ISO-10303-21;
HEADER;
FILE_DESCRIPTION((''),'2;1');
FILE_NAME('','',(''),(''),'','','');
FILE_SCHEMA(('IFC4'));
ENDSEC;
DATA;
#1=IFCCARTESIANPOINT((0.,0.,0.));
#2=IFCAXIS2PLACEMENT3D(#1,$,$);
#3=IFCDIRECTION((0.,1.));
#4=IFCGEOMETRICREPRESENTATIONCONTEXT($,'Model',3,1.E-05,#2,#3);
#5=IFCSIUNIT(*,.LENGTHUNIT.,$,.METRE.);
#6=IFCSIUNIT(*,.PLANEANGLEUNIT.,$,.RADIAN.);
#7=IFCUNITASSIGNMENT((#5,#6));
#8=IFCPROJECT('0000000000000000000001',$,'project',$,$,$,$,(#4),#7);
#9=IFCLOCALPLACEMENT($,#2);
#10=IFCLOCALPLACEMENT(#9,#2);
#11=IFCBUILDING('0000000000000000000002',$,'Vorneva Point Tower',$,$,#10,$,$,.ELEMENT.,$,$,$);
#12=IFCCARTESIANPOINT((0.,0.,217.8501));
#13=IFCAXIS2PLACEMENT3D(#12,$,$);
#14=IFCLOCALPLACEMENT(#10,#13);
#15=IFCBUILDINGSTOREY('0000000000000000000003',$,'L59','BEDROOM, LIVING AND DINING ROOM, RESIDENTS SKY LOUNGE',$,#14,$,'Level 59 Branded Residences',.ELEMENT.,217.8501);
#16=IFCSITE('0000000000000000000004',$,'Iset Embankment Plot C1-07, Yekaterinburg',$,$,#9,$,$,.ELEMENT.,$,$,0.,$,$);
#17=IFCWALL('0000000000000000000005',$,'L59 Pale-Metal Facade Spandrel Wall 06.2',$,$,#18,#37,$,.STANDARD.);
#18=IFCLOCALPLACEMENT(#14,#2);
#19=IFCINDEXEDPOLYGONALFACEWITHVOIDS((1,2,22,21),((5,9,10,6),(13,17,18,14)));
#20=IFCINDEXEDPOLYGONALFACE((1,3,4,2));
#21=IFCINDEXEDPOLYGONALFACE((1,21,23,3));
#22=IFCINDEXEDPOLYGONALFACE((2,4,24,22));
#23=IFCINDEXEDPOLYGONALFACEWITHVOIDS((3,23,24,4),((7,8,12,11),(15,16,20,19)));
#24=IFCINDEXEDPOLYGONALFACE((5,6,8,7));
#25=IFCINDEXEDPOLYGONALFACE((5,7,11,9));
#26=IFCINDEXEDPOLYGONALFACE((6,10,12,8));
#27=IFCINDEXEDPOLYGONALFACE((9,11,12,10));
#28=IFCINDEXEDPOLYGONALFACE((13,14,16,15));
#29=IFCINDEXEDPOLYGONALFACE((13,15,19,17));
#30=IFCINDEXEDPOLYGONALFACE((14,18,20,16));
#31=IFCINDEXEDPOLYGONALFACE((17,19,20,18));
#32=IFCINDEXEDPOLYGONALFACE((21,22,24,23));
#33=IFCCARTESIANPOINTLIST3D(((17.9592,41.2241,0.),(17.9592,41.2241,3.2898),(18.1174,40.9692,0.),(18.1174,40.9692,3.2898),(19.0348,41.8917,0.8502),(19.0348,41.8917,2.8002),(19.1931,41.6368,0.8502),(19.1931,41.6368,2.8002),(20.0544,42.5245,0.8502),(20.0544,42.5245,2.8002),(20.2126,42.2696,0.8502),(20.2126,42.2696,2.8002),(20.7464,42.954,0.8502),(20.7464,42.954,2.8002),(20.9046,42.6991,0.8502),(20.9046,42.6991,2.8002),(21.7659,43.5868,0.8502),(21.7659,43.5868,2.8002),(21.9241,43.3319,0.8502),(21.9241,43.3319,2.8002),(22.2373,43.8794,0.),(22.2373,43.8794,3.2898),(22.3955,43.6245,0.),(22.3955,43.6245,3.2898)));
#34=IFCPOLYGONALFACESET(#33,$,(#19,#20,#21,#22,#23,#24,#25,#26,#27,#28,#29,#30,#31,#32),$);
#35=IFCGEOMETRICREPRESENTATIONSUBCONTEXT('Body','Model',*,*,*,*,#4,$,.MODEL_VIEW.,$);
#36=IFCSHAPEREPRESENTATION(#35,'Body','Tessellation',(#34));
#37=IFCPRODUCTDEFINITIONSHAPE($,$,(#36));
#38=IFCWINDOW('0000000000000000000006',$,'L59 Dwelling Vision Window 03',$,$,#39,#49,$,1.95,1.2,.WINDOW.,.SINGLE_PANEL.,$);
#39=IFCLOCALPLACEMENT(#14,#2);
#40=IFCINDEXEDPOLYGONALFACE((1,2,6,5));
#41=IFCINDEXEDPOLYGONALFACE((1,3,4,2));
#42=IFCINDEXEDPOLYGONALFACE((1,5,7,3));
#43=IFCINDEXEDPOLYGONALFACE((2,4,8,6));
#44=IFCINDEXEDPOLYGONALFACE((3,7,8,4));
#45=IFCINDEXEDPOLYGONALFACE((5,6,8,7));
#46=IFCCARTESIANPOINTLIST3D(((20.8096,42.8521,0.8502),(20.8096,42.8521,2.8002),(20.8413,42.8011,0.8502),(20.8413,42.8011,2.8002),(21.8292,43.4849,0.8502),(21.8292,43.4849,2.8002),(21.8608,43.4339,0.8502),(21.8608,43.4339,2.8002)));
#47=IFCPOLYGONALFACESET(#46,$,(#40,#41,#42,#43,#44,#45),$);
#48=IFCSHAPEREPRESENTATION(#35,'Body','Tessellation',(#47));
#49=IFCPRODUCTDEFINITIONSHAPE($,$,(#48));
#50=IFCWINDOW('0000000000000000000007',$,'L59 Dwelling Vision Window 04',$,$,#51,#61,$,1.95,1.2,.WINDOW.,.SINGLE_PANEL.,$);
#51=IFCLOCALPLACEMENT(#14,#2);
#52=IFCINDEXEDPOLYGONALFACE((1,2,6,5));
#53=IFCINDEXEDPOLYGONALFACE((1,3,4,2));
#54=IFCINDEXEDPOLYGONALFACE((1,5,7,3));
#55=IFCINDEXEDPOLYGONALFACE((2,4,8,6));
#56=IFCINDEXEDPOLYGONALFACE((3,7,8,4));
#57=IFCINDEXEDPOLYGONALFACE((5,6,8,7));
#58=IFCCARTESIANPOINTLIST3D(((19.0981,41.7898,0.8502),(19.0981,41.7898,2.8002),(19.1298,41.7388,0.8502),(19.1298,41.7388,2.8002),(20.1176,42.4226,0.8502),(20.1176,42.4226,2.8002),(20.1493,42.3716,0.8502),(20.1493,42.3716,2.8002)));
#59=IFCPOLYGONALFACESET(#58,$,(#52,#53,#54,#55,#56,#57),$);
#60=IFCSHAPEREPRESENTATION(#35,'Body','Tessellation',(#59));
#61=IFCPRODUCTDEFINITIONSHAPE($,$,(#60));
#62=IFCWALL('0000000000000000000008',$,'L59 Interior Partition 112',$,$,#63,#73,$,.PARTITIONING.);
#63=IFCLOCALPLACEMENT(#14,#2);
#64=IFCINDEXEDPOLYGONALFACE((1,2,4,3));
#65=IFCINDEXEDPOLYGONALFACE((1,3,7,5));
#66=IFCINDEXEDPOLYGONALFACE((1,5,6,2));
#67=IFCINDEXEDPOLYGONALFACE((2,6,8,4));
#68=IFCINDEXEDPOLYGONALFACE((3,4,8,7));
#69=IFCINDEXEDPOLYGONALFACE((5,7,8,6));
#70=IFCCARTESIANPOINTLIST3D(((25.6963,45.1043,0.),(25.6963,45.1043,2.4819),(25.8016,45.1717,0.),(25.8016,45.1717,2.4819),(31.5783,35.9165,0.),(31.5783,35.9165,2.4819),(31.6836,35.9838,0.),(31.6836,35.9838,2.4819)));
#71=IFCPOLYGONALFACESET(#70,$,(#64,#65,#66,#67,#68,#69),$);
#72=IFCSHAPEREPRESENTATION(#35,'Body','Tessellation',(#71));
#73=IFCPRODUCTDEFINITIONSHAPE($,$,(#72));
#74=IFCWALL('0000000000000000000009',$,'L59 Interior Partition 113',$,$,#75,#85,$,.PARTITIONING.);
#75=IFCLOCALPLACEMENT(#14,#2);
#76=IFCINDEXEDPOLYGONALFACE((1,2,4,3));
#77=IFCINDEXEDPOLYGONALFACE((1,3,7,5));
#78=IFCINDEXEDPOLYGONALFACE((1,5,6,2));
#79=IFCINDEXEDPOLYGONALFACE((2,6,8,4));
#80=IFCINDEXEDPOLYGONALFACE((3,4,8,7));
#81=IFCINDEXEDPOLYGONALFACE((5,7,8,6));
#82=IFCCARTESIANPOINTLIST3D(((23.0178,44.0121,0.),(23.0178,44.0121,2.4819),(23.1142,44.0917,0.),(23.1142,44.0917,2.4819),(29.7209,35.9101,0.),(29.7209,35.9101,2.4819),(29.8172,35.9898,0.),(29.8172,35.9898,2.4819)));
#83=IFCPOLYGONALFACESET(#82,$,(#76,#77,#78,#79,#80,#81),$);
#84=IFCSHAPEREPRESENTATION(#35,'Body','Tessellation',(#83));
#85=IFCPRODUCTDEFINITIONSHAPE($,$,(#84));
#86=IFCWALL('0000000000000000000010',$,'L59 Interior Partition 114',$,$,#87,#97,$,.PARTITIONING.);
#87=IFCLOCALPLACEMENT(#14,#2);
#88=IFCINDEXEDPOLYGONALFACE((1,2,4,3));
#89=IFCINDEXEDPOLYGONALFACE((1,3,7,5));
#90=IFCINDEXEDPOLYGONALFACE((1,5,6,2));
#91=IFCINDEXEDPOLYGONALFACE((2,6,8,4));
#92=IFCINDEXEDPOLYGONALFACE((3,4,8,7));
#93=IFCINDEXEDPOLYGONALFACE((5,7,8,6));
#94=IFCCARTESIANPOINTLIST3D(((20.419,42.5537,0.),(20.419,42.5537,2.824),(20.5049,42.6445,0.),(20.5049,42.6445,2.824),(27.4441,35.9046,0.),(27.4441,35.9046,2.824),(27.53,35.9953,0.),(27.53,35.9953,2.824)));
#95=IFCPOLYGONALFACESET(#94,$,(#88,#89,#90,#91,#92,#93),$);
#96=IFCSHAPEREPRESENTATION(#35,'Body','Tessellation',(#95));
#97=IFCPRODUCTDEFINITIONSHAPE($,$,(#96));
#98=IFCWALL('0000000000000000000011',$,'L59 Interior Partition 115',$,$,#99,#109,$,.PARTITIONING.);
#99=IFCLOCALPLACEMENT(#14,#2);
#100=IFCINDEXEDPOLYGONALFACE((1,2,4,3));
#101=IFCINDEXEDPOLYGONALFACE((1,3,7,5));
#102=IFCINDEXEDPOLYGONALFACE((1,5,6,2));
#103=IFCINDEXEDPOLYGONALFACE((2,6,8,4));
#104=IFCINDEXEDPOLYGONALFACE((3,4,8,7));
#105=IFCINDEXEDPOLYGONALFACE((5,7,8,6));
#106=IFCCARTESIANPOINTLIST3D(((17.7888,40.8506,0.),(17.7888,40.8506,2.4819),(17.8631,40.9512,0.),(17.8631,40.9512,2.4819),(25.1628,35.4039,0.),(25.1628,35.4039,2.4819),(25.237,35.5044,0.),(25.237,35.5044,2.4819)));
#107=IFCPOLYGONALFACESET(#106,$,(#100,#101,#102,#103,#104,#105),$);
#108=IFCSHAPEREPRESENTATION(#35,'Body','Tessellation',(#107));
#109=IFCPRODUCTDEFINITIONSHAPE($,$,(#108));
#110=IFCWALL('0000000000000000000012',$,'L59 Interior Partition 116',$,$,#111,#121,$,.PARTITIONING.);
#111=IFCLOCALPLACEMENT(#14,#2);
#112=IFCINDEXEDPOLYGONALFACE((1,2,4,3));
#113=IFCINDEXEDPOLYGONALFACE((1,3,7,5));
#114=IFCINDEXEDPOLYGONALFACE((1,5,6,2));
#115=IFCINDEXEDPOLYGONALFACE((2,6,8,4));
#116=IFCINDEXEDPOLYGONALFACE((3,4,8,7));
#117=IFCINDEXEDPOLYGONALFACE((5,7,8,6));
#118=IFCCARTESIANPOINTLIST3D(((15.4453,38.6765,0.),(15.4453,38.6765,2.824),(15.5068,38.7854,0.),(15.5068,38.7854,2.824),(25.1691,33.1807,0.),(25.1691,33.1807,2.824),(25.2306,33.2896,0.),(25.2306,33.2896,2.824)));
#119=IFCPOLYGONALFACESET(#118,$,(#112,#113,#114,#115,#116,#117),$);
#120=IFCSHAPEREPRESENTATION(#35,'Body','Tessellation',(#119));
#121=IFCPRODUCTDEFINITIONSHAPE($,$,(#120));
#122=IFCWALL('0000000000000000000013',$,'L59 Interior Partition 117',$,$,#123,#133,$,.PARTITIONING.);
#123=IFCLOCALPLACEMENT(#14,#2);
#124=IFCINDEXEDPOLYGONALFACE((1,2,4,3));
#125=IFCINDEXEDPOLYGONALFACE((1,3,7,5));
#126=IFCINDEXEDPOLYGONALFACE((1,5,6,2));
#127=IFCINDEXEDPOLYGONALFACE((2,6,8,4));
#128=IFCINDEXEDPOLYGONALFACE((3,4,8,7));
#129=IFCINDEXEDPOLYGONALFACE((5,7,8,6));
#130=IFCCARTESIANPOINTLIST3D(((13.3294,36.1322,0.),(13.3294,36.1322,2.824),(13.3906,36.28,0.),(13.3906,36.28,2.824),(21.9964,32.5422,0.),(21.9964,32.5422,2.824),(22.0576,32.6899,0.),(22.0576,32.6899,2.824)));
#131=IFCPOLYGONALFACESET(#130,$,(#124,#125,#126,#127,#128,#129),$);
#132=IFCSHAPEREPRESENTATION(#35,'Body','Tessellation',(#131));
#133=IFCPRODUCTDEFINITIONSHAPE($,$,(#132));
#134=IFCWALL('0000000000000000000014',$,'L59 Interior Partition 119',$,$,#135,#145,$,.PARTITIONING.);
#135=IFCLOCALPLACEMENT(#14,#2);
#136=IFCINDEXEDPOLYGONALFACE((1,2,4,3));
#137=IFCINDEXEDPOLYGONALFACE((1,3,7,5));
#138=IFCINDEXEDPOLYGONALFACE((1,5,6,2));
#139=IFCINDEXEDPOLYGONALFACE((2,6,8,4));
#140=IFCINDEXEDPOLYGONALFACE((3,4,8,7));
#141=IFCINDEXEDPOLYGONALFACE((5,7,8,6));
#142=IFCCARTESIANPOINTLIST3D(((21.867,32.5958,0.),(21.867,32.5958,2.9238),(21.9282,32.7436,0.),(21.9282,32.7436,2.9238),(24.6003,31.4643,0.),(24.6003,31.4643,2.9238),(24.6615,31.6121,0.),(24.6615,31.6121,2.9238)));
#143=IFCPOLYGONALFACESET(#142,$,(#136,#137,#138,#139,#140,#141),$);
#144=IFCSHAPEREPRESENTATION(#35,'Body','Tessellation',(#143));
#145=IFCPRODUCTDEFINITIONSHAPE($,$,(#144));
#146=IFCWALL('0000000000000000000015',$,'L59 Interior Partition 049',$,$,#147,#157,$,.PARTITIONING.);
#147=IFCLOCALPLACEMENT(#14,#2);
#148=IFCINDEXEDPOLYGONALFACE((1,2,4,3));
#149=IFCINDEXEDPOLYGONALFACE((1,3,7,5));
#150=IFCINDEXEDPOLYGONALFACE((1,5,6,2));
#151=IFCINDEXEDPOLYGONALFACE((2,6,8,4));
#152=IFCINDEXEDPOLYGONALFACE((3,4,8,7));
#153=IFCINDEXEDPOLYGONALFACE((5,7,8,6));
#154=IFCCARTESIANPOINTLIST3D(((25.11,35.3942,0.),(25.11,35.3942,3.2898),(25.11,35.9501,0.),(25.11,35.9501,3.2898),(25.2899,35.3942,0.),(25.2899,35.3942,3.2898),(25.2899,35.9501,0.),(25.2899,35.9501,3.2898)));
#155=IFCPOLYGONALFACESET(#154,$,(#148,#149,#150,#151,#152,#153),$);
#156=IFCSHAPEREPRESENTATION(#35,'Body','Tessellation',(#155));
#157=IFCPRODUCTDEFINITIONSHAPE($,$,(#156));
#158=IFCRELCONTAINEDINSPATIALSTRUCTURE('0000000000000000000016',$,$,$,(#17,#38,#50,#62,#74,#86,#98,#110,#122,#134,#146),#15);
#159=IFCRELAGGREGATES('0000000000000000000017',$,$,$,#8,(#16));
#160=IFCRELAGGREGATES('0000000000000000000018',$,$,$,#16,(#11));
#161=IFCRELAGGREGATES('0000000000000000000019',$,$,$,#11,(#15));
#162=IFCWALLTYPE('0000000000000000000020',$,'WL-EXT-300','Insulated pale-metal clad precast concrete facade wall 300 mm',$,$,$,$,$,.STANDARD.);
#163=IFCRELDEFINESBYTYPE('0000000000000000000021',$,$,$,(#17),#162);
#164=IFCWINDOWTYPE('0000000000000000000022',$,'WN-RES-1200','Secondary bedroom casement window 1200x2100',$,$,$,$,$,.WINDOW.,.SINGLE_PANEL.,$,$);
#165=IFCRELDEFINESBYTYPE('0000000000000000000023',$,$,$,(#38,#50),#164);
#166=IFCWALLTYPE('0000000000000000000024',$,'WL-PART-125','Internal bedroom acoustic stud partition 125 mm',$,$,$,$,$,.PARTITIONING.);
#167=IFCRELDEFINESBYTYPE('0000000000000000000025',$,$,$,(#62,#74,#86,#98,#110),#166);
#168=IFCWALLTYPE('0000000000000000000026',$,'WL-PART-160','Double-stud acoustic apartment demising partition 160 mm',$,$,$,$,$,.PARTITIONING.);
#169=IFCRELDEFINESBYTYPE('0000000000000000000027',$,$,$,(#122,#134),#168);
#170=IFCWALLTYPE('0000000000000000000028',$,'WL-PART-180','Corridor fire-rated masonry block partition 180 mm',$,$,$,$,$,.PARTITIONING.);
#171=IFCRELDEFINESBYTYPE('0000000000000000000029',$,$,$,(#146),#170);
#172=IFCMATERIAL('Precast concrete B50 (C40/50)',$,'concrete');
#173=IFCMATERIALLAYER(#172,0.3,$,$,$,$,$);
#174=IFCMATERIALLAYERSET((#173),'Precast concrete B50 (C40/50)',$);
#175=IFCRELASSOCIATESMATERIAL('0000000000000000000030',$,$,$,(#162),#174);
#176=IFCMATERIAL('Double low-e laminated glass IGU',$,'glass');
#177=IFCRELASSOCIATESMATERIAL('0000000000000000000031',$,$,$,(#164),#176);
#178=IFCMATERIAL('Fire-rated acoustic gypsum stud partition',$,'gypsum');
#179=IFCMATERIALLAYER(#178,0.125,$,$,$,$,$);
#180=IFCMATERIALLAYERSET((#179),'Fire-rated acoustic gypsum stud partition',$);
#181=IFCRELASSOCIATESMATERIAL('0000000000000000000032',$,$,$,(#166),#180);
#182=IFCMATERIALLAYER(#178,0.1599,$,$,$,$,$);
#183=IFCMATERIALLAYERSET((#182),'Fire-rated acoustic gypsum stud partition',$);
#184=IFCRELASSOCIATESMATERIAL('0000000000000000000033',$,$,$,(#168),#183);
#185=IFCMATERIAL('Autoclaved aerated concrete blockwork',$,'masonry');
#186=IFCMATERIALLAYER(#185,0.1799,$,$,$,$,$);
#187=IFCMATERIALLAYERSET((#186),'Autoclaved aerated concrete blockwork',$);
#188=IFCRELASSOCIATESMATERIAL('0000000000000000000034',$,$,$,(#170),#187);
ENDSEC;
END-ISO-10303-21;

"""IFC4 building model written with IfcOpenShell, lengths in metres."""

from ifc_helpers import new_model, si_unit, direction, frame, frame_2d, origin, place, context, subcontext, project, spatial, rectangle, extrude, material, layer, layer_set, type_object, element, fill, save


model = new_model("IFC4")

# Units and contexts
model_context = context("Model", 3, precision=1e-05, world=origin(), true_north=direction((0.0, 1.0)))
body_context = subcontext(model_context, "Body", "Model", "MODEL_VIEW")
ifc_project = project(units=[si_unit("LENGTHUNIT", "METRE"), si_unit("PLANEANGLEUNIT", "RADIAN")], contexts=[model_context])

# Site, building, storey
site_placement = place(None, origin())
site = spatial("IfcSite", under=ifc_project, at=site_placement, Name="Iset Embankment Plot C1-07, Yekaterinburg", CompositionType="ELEMENT", RefElevation=0.0)
building_placement = place(site_placement, origin())
building = spatial("IfcBuilding", under=site, at=building_placement, Name="Vorneva Point Tower", CompositionType="ELEMENT")
storey_placement = place(building_placement, frame((0.0, 0.0, 217.8501)))
storey = spatial("IfcBuildingStorey", under=building, at=storey_placement, Name="L59", Description="BEDROOM, LIVING AND DINING ROOM, RESIDENTS SKY LOUNGE", LongName="Level 59 Branded Residences", CompositionType="ELEMENT", Elevation=217.8501)

# Shared definitions
ifc_material_1 = material(Name="Double low-e laminated glass IGU", Category="glass")

# Wall, openings, windows
ifc_material_2 = material(Name="Precast concrete B50 (C40/50)", Category="concrete")
ifc_layer_1 = layer(ifc_material_2, 0.3)
ifc_layer_set_1 = layer_set([ifc_layer_1], Name="Precast concrete B50 (C40/50)")
wall_type_1 = type_object("IfcWallType", Name="WL-EXT-300", Description="Insulated pale-metal clad precast concrete facade wall 300 mm", PredefinedType="STANDARD", material=ifc_layer_set_1)
window_type_1 = type_object("IfcWindowType", Name="WN-RES-1200", Description="Secondary bedroom casement window 1200x2100", PartitioningType="SINGLE_PANEL", PredefinedType="WINDOW", material=ifc_material_1)
wall_1_placement = place(storey_placement, frame((22.3164, 43.752, 0.0), z_axis=(0.0, 0.0, 1.0), x_axis=(-0.849648, -0.527351, 0.0)))
wall_1 = element("IfcWall", 1, at=wall_1_placement, inside=storey, type_object=wall_type_1, Name="L59 Pale-Metal Facade Spandrel Wall 06.2", PredefinedType="STANDARD", context=body_context, shape_type="SweptSolid", body=[
    extrude(rectangle(XDim=5.0352, YDim=0.3, at=frame_2d((2.5176, 0.0))), origin(), (0.0, 0.0, 1.0), 3.2898),
])
opening_1_placement = place(wall_1_placement, frame((0.5547, 0.0, 0.8501)))
opening_1 = element("IfcOpeningElement", 2, at=opening_1_placement, cuts=wall_1, PredefinedType="OPENING", context=body_context, shape_type="SweptSolid", body=[
    extrude(rectangle(XDim=1.2, YDim=1.95, at=frame_2d((0.6001, 0.9751))), frame((0.0, 0.165, 0.0), z_axis=(0.0, -1.0, 0.0), x_axis=(1.0, 0.0, 0.0)), (0.0, 0.0, 1.0), 0.3298),
])
opening_2_placement = place(wall_1_placement, frame((2.5691, 0.0, 0.8501)))
opening_2 = element("IfcOpeningElement", 3, at=opening_2_placement, cuts=wall_1, PredefinedType="OPENING", context=body_context, shape_type="SweptSolid", body=[
    extrude(rectangle(XDim=1.2, YDim=1.95, at=frame_2d((0.6001, 0.9751))), frame((0.0, 0.165, 0.0), z_axis=(0.0, -1.0, 0.0), x_axis=(1.0, 0.0, 0.0)), (0.0, 0.0, 1.0), 0.3298),
])
window_1_placement = place(opening_1_placement, origin())
window_1 = element("IfcWindow", 4, at=window_1_placement, inside=storey, type_object=window_type_1, Name="L59 Dwelling Vision Window 03", OverallHeight=1.95, OverallWidth=1.2, PartitioningType="SINGLE_PANEL", PredefinedType="WINDOW", context=body_context, shape_type="SweptSolid", body=[
    extrude(rectangle(XDim=1.2, YDim=1.95, at=frame_2d((0.6001, 0.9751))), frame((0.0, 0.03, 0.0), z_axis=(0.0, -1.0, 0.0), x_axis=(1.0, 0.0, 0.0)), (0.0, 0.0, 1.0), 0.0601),
])
fill(opening_1, window_1)
window_2_placement = place(opening_2_placement, origin())
window_2 = element("IfcWindow", 5, at=window_2_placement, inside=storey, type_object=window_type_1, Name="L59 Dwelling Vision Window 04", OverallHeight=1.95, OverallWidth=1.2, PartitioningType="SINGLE_PANEL", PredefinedType="WINDOW", context=body_context, shape_type="SweptSolid", body=[
    extrude(rectangle(XDim=1.2, YDim=1.95, at=frame_2d((0.6001, 0.9751))), frame((0.0, 0.03, 0.0), z_axis=(0.0, -1.0, 0.0), x_axis=(1.0, 0.0, 0.0)), (0.0, 0.0, 1.0), 0.0601),
])
fill(opening_2, window_2)

# Walls
ifc_material_3 = material(Name="Fire-rated acoustic gypsum stud partition", Category="gypsum")
ifc_layer_2 = layer(ifc_material_3, 0.125)
ifc_layer_set_2 = layer_set([ifc_layer_2], Name="Fire-rated acoustic gypsum stud partition")
wall_type_2 = type_object("IfcWallType", Name="WL-PART-125", Description="Internal bedroom acoustic stud partition 125 mm", PredefinedType="PARTITIONING", material=ifc_layer_set_2)
wall_2_placement = place(storey_placement, frame((25.749, 45.1379, 0.0), z_axis=(0.0, 0.0, 1.0), x_axis=(0.539169, -0.842198, 0.0)))
element("IfcWall", 6, at=wall_2_placement, inside=storey, type_object=wall_type_2, Name="L59 Interior Partition 112", PredefinedType="PARTITIONING", context=body_context, shape_type="SweptSolid", body=[
    extrude(rectangle(XDim=10.9094, YDim=0.125, at=frame_2d((5.4546, 0.0))), origin(), (0.0, 0.0, 1.0), 2.4819),
])
wall_3_placement = place(storey_placement, frame((23.0659, 44.052, 0.0), z_axis=(0.0, 0.0, 1.0), x_axis=(0.637454, -0.770489, 0.0)))
element("IfcWall", 7, at=wall_3_placement, inside=storey, type_object=wall_type_2, Name="L59 Interior Partition 113", PredefinedType="PARTITIONING", context=body_context, shape_type="SweptSolid", body=[
    extrude(rectangle(XDim=10.5154, YDim=0.125, at=frame_2d((5.2578, 0.0))), origin(), (0.0, 0.0, 1.0), 2.4819),
])
wall_4_placement = place(storey_placement, frame((20.4619, 42.5991, 0.0), z_axis=(0.0, 0.0, 1.0), x_axis=(0.726274, -0.687405, 0.0)))
element("IfcWall", 8, at=wall_4_placement, inside=storey, type_object=wall_type_2, Name="L59 Interior Partition 114", PredefinedType="PARTITIONING", context=body_context, shape_type="SweptSolid", body=[
    extrude(rectangle(XDim=9.6729, YDim=0.125, at=frame_2d((4.8364, 0.0))), origin(), (0.0, 0.0, 1.0), 2.824),
])
wall_5_placement = place(storey_placement, frame((17.8259, 40.9009, 0.0), z_axis=(0.0, 0.0, 1.0), x_axis=(0.804363, -0.594138, 0.0)))
element("IfcWall", 9, at=wall_5_placement, inside=storey, type_object=wall_type_2, Name="L59 Interior Partition 115", PredefinedType="PARTITIONING", context=body_context, shape_type="SweptSolid", body=[
    extrude(rectangle(XDim=9.1675, YDim=0.125, at=frame_2d((4.5837, 0.0))), origin(), (0.0, 0.0, 1.0), 2.4819),
])
wall_6_placement = place(storey_placement, frame((15.4761, 38.731, 0.0), z_axis=(0.0, 0.0, 1.0), x_axis=(0.870573, -0.49204, 0.0)))
element("IfcWall", 10, at=wall_6_placement, inside=storey, type_object=wall_type_2, Name="L59 Interior Partition 116", PredefinedType="PARTITIONING", context=body_context, shape_type="SweptSolid", body=[
    extrude(rectangle(XDim=11.1694, YDim=0.125, at=frame_2d((5.5847, 0.0))), origin(), (0.0, 0.0, 1.0), 2.824),
])
ifc_layer_3 = layer(ifc_material_3, 0.1599)
ifc_layer_set_3 = layer_set([ifc_layer_3], Name="Fire-rated acoustic gypsum stud partition")
wall_type_3 = type_object("IfcWallType", Name="WL-PART-160", Description="Double-stud acoustic apartment demising partition 160 mm", PredefinedType="PARTITIONING", material=ifc_layer_set_3)
wall_7_placement = place(storey_placement, frame((13.3601, 36.2061, 0.0), z_axis=(0.0, 0.0, 1.0), x_axis=(0.923876, -0.382693, 0.0)))
element("IfcWall", 11, at=wall_7_placement, inside=storey, type_object=wall_type_3, Name="L59 Interior Partition 117", PredefinedType="PARTITIONING", context=body_context, shape_type="SweptSolid", body=[
    extrude(rectangle(XDim=9.3811, YDim=0.1599, at=frame_2d((4.6904, 0.0))), origin(), (0.0, 0.0, 1.0), 2.824),
])
wall_8_placement = place(storey_placement, frame((21.8977, 32.6697, 0.0), z_axis=(0.0, 0.0, 1.0), x_axis=(0.923953, -0.382505, 0.0)))
element("IfcWall", 12, at=wall_8_placement, inside=storey, type_object=wall_type_3, Name="L59 Interior Partition 119", PredefinedType="PARTITIONING", context=body_context, shape_type="SweptSolid", body=[
    extrude(rectangle(XDim=2.9583, YDim=0.1599, at=frame_2d((1.479, 0.0))), origin(), (0.0, 0.0, 1.0), 2.9238),
])
ifc_material_4 = material(Name="Autoclaved aerated concrete blockwork", Category="masonry")
ifc_layer_4 = layer(ifc_material_4, 0.1799)
ifc_layer_set_4 = layer_set([ifc_layer_4], Name="Autoclaved aerated concrete blockwork")
wall_type_4 = type_object("IfcWallType", Name="WL-PART-180", Description="Corridor fire-rated masonry block partition 180 mm", PredefinedType="PARTITIONING", material=ifc_layer_set_4)
wall_9_placement = place(storey_placement, frame((25.2, 35.95, 0.0), z_axis=(0.0, 0.0, 1.0), x_axis=(0.0, -1.0, 0.0)))
element("IfcWall", 13, at=wall_9_placement, inside=storey, type_object=wall_type_4, Name="L59 Interior Partition 049", PredefinedType="PARTITIONING", context=body_context, shape_type="SweptSolid", body=[
    extrude(rectangle(XDim=0.5559, YDim=0.1799, at=frame_2d((0.2778, 0.0))), origin(), (0.0, 0.0, 1.0), 3.2898),
])

save(model, "model.ifc")
